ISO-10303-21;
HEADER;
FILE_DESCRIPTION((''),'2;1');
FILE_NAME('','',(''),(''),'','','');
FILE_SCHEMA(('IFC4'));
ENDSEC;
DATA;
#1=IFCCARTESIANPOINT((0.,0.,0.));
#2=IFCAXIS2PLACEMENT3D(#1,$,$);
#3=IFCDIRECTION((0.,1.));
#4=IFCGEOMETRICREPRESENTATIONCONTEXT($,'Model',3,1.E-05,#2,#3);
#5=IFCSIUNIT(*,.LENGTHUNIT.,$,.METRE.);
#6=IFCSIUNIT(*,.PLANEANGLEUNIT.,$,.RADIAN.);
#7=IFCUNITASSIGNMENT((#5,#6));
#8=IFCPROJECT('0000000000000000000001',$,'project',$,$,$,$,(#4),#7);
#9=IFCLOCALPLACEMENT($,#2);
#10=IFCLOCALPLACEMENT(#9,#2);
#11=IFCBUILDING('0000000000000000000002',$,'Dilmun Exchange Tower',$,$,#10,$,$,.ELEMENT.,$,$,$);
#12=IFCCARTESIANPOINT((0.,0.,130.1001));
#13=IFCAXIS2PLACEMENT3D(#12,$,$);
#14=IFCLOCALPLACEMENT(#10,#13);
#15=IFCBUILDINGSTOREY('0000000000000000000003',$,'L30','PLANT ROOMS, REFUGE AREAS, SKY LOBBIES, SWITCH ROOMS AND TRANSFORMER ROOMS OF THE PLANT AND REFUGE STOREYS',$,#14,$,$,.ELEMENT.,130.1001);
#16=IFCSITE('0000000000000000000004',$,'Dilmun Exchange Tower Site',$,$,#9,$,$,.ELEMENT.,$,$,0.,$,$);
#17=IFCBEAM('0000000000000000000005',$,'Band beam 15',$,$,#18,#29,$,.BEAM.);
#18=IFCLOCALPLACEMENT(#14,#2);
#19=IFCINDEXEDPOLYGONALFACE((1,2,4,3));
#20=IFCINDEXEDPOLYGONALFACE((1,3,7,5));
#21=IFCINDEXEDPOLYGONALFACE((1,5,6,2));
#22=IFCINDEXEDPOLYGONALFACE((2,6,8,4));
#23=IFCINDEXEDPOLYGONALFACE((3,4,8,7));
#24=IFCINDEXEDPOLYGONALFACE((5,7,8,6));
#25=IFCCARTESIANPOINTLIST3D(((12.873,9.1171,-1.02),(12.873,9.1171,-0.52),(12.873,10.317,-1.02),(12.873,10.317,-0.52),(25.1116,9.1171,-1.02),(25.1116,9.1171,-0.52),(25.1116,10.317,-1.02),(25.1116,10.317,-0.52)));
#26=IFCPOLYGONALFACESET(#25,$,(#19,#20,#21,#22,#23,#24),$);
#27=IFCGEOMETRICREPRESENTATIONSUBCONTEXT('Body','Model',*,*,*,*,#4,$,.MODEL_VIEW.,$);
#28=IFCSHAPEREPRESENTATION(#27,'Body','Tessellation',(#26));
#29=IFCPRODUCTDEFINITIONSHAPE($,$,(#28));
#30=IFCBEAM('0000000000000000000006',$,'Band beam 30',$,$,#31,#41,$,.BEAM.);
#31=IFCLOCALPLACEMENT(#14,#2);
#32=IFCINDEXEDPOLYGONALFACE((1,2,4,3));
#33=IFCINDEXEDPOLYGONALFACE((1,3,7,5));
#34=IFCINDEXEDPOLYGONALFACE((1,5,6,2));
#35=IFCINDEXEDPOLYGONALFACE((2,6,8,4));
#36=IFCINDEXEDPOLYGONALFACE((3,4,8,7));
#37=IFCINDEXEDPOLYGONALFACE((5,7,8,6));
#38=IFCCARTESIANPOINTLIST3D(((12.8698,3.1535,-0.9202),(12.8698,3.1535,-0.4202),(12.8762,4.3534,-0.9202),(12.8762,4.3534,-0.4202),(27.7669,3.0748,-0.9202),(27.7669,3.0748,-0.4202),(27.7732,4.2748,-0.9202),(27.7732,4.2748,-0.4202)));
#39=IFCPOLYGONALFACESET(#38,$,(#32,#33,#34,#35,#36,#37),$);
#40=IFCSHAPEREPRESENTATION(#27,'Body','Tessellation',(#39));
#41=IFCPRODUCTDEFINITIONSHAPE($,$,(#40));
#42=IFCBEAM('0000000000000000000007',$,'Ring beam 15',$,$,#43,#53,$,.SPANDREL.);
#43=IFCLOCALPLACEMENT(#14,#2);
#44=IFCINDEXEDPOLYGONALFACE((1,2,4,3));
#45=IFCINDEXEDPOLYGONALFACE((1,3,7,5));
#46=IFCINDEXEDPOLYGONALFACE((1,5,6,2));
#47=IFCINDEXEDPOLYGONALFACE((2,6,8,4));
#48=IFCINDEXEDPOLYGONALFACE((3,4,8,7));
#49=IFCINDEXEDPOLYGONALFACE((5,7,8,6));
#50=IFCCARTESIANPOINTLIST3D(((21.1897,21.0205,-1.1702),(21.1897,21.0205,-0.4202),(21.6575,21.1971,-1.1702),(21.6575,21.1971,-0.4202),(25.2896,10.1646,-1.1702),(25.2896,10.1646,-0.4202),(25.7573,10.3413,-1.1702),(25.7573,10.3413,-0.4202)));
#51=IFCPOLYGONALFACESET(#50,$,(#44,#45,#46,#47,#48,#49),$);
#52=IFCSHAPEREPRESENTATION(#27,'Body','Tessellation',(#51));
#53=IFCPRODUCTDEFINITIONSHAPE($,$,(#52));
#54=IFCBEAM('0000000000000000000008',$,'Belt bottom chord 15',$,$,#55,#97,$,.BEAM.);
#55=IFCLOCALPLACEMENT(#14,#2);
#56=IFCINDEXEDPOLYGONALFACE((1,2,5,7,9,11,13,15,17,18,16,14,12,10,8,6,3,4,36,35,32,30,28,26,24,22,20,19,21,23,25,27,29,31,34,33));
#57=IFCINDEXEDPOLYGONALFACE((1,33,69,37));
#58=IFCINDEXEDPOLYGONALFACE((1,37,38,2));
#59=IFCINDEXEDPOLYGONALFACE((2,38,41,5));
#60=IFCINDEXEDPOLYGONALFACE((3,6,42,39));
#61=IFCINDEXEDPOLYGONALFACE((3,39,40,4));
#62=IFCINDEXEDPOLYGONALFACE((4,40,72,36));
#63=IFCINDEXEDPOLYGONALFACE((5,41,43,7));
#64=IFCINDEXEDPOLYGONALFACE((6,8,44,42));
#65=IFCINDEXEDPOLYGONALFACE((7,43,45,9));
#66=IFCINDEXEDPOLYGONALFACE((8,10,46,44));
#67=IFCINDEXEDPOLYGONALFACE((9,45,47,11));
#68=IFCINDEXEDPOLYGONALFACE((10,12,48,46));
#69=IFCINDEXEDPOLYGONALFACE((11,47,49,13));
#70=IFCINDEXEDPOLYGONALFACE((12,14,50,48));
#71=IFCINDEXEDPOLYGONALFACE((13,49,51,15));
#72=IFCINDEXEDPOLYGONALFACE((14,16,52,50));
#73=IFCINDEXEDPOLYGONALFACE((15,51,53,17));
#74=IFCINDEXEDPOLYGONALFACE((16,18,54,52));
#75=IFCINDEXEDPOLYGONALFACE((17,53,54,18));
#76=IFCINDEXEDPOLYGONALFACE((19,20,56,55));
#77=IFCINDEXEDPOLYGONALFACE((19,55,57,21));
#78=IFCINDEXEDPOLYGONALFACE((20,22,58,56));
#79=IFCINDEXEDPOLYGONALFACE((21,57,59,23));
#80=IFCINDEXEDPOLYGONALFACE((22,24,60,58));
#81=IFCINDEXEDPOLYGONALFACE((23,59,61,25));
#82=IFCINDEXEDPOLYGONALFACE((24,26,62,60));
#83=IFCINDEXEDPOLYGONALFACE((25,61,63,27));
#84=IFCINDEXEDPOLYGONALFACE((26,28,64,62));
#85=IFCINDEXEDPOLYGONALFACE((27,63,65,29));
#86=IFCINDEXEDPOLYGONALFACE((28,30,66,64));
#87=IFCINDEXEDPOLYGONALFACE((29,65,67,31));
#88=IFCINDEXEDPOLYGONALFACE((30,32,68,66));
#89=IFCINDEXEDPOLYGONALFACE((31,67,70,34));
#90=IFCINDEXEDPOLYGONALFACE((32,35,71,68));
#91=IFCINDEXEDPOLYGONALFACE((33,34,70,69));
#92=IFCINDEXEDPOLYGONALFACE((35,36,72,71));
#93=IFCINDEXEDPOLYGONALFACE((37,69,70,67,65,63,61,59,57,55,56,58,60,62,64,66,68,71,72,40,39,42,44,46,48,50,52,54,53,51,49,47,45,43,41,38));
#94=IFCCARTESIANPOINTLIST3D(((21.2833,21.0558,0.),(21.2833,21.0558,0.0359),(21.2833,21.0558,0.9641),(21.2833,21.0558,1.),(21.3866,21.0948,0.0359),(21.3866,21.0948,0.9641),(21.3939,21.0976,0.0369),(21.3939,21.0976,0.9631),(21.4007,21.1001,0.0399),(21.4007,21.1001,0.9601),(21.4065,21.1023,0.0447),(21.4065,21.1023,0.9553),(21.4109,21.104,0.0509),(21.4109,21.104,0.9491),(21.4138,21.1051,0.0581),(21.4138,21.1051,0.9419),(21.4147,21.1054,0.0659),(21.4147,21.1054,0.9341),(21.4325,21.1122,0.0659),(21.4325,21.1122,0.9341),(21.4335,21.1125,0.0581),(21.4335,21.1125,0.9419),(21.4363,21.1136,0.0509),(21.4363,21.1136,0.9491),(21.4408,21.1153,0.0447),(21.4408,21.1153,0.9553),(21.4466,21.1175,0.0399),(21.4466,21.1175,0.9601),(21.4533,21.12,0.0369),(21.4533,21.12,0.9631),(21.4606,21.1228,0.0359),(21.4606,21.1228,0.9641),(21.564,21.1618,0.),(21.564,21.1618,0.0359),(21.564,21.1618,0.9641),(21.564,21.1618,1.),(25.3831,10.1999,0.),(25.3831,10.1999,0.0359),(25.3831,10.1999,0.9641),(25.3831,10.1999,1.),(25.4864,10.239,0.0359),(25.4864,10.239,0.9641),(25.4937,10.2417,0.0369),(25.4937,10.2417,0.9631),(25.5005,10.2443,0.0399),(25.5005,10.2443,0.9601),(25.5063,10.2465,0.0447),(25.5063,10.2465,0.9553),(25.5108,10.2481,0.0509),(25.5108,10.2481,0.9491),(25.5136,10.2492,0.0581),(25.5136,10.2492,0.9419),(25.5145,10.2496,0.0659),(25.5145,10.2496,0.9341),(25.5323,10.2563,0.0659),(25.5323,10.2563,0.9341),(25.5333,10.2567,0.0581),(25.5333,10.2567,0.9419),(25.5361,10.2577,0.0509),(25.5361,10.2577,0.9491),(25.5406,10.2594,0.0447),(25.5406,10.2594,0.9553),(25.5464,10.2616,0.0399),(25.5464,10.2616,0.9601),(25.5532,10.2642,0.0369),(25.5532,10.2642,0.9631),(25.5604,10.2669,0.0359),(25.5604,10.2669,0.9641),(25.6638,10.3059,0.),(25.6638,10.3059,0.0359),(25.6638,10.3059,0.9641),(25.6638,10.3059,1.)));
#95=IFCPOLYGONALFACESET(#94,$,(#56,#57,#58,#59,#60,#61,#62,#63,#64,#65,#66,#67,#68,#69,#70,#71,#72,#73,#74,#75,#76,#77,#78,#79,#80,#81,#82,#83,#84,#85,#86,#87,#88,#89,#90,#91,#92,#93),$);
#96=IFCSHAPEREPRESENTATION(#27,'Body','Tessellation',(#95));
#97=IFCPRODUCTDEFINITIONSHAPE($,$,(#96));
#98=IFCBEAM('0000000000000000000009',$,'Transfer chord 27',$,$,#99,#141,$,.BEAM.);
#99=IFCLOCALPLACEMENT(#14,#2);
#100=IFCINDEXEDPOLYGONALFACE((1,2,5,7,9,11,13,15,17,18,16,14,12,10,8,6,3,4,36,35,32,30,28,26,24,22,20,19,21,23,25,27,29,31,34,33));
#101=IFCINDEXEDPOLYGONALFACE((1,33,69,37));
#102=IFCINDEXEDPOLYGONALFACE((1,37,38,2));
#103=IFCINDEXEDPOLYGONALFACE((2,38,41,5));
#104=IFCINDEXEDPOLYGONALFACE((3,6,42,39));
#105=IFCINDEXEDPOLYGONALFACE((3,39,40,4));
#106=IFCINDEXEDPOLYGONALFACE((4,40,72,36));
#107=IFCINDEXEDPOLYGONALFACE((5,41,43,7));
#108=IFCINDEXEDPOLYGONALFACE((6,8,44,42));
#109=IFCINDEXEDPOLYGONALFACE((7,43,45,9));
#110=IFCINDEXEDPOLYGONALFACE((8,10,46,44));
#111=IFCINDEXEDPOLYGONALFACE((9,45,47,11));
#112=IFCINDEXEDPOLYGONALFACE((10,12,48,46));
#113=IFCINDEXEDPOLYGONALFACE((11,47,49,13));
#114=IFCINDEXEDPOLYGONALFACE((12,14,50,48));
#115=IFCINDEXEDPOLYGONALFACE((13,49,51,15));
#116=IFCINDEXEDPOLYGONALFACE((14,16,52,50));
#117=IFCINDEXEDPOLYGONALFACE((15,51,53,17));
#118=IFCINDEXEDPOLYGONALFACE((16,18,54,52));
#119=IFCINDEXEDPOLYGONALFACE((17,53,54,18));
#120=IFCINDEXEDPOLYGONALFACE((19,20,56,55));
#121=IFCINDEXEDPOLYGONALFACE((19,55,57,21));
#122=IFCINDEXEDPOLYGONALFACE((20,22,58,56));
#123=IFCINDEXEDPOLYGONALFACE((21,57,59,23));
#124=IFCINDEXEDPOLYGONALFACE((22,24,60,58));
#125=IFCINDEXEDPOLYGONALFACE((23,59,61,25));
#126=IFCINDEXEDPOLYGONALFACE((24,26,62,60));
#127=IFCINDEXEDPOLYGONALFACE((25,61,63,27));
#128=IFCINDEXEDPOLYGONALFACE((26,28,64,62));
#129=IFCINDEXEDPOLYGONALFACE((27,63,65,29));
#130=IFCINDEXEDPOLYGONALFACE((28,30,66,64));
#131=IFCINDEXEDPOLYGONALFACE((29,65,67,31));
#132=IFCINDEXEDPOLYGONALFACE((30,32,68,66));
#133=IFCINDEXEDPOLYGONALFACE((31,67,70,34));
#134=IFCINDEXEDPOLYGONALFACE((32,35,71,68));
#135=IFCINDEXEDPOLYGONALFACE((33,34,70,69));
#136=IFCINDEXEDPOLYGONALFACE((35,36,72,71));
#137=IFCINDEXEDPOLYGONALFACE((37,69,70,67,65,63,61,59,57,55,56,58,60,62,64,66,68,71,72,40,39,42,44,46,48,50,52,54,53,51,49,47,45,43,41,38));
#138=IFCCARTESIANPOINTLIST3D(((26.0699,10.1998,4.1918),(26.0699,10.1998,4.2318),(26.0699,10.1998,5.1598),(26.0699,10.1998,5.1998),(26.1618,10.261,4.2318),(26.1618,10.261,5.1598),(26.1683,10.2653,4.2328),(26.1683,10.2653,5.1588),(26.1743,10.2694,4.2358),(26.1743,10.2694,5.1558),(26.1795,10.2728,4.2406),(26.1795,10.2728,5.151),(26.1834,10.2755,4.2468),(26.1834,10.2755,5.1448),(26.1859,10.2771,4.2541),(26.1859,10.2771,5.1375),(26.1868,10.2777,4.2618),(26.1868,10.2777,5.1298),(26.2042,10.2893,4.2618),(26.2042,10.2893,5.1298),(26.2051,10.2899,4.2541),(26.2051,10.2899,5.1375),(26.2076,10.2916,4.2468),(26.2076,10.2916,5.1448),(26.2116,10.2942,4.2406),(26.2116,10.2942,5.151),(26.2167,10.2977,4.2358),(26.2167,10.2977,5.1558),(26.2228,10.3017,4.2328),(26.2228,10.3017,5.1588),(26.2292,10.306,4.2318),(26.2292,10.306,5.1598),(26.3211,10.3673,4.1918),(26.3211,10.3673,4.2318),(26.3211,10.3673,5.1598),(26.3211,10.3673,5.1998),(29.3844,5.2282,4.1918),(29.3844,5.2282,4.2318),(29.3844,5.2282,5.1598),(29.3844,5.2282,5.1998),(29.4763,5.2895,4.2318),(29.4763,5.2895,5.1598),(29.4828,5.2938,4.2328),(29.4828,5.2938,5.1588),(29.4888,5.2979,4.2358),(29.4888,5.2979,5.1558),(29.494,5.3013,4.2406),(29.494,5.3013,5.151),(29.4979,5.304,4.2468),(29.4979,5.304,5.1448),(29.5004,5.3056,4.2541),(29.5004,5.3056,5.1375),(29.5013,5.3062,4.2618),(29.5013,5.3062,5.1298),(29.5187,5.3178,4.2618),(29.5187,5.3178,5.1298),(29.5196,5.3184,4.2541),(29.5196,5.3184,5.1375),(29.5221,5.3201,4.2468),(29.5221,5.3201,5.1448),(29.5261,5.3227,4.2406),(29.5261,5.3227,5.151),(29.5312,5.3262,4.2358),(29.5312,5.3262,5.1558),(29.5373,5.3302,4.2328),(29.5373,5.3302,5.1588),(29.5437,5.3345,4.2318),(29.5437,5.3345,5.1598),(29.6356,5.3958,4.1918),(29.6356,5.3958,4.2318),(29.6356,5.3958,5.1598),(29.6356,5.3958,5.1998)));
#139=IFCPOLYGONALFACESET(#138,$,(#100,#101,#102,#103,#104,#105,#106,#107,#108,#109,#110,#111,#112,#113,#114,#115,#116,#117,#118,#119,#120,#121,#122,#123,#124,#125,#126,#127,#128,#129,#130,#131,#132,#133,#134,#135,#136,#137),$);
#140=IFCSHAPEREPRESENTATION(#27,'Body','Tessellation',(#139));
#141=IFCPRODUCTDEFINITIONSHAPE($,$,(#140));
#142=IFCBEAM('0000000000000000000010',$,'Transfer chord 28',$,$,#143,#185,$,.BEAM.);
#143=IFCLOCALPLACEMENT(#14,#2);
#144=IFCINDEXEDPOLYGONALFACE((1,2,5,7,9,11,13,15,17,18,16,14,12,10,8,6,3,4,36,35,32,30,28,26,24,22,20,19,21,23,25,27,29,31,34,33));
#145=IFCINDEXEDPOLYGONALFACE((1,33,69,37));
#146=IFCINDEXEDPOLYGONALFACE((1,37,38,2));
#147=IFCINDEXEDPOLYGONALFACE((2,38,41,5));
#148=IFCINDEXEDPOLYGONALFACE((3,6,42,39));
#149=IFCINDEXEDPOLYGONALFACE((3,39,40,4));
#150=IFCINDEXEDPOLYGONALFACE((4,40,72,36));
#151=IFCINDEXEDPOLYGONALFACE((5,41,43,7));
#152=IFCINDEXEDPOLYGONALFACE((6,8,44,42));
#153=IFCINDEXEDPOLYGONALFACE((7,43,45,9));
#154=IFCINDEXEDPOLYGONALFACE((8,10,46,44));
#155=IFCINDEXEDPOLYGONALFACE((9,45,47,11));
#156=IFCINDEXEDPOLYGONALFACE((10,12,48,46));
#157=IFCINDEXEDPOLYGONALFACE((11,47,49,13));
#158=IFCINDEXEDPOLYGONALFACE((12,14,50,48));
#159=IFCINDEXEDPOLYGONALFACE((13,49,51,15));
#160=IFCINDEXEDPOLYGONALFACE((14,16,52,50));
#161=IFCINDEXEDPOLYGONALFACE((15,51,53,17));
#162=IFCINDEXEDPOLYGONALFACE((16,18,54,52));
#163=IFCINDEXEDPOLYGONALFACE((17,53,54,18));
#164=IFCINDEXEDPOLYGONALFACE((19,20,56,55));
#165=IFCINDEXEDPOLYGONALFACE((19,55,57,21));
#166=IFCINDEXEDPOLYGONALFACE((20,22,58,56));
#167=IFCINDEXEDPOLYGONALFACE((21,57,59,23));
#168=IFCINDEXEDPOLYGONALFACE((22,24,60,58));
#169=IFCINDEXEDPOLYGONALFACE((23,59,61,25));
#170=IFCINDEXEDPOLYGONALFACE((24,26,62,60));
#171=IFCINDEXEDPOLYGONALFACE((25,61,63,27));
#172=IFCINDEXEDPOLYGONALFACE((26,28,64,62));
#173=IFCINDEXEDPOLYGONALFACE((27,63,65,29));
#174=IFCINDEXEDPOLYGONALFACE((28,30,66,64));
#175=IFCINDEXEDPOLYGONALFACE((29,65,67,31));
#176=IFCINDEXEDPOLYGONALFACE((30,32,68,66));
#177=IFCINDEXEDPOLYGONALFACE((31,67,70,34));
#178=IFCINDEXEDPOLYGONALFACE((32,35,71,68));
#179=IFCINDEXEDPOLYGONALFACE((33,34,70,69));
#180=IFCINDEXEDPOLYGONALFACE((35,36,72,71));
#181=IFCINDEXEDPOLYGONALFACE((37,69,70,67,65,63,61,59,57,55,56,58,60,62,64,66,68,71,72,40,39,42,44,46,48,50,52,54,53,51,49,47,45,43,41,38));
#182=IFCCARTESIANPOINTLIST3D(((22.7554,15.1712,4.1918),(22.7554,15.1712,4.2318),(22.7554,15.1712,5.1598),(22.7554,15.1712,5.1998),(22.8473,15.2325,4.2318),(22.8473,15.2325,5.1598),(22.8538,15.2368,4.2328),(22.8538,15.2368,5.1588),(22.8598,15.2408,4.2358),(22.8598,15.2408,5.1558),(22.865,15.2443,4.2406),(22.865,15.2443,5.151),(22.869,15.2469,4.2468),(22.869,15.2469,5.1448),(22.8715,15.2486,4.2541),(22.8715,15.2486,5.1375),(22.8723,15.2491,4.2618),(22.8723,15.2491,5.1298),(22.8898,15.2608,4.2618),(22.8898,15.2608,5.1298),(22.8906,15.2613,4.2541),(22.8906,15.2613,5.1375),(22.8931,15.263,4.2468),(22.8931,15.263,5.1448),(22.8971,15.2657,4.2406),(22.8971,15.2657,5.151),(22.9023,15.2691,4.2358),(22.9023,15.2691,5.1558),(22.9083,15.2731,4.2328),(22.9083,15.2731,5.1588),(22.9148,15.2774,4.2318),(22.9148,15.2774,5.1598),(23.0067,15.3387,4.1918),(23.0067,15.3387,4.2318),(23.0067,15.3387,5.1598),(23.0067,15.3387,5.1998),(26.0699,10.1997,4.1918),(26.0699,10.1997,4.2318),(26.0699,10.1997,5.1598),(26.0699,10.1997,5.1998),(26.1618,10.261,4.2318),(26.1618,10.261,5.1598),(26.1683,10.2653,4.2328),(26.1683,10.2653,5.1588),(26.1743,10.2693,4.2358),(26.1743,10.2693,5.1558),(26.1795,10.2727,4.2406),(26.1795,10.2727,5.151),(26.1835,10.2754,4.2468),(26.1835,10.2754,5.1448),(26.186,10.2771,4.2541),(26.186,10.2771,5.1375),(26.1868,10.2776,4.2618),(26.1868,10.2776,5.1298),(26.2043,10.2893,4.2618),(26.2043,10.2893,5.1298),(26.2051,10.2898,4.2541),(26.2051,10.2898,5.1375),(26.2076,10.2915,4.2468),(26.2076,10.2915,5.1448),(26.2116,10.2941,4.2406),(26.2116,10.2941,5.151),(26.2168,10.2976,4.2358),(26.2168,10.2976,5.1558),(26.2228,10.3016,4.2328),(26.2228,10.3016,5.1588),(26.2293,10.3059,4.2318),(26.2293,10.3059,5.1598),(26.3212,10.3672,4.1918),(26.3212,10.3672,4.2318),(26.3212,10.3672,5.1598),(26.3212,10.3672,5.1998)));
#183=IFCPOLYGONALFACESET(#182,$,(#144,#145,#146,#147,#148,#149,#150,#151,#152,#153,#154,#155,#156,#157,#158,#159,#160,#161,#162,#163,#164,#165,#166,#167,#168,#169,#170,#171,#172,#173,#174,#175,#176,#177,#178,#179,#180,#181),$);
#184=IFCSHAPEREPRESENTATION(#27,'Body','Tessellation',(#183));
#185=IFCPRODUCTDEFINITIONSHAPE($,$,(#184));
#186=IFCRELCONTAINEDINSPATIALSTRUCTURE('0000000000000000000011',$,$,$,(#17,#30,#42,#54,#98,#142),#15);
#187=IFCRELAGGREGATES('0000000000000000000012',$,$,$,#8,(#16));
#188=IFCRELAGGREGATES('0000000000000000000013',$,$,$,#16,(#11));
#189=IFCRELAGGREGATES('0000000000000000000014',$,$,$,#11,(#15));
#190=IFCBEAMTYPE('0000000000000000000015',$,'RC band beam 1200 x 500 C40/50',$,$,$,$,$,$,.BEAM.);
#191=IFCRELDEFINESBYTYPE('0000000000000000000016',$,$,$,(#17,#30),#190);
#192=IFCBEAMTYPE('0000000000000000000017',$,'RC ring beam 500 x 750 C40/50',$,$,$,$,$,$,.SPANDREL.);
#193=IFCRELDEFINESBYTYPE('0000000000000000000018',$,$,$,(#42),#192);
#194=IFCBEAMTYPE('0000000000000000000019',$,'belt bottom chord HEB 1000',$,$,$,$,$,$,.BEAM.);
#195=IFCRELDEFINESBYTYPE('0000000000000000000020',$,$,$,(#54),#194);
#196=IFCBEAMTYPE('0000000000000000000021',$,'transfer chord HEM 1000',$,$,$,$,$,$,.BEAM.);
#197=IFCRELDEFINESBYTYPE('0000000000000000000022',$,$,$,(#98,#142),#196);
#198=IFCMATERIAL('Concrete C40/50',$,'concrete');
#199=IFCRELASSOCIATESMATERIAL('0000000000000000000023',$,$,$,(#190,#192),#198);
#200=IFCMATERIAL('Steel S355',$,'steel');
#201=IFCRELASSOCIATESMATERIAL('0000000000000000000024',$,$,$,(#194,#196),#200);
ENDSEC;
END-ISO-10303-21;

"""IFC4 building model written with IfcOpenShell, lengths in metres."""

from ifc_helpers import new_model, si_unit, direction, frame, origin, origin_2d, place, context, subcontext, project, spatial, rectangle, i_section, extrude, material, material_profile, profile_set, type_object, element, save


model = new_model("IFC4")

# Units and contexts
model_context = context("Model", 3, precision=1e-05, world=origin(), true_north=direction((0.0, 1.0)))
body_context = subcontext(model_context, "Body", "Model", "MODEL_VIEW")
ifc_project = project(units=[si_unit("LENGTHUNIT", "METRE"), si_unit("PLANEANGLEUNIT", "RADIAN")], contexts=[model_context])

# Site, building, storey
site_placement = place(None, origin())
site = spatial("IfcSite", under=ifc_project, at=site_placement, Name="Dilmun Exchange Tower Site", CompositionType="ELEMENT", RefElevation=0.0)
building_placement = place(site_placement, origin())
building = spatial("IfcBuilding", under=site, at=building_placement, Name="Dilmun Exchange Tower", CompositionType="ELEMENT")
storey_placement = place(building_placement, frame((0.0, 0.0, 130.1001)))
storey = spatial("IfcBuildingStorey", under=building, at=storey_placement, Name="L30", Description="PLANT ROOMS, REFUGE AREAS, SKY LOBBIES, SWITCH ROOMS AND TRANSFORMER ROOMS OF THE PLANT AND REFUGE STOREYS", CompositionType="ELEMENT", Elevation=130.1001)

# Beams
ifc_material_1 = material(Name="Concrete C40/50", Category="concrete")
ifc_material_profile_1 = material_profile(ifc_material_1, rectangle(XDim=1.2, YDim=0.5, at=origin_2d()), Name="1200 x 500")
ifc_profile_set_1 = profile_set([ifc_material_profile_1], Name="Concrete C40/50")
beam_type_1 = type_object("IfcBeamType", Name="RC band beam 1200 x 500 C40/50", PredefinedType="BEAM", material=ifc_profile_set_1)
beam_1_placement = place(storey_placement, frame((25.1116, 9.717, -0.77), z_axis=(-1.0, 0.0, 0.0), x_axis=(0.0, -1.0, 0.0)))
element("IfcBeam", 1, at=beam_1_placement, inside=storey, type_object=beam_type_1, Name="Band beam 15", PredefinedType="BEAM", context=body_context, shape_type="SweptSolid", body=[
    extrude(rectangle(XDim=1.2, YDim=0.5, at=origin_2d()), origin(), (0.0, 0.0, 1.0), 12.2385),
])
beam_2_placement = place(storey_placement, frame((27.77, 3.6748, -0.6702), z_axis=(-0.999986, 0.005277, 0.0), x_axis=(-0.005277, -0.999986, 0.0)))
element("IfcBeam", 2, at=beam_2_placement, inside=storey, type_object=beam_type_1, Name="Band beam 30", PredefinedType="BEAM", context=body_context, shape_type="SweptSolid", body=[
    extrude(rectangle(XDim=1.2, YDim=0.5, at=origin_2d()), origin(), (0.0, 0.0, 1.0), 14.8972),
])
ifc_material_profile_2 = material_profile(ifc_material_1, rectangle(XDim=0.5, YDim=0.75, at=origin_2d()), Name="500 x 750")
ifc_profile_set_2 = profile_set([ifc_material_profile_2], Name="Concrete C40/50")
beam_type_2 = type_object("IfcBeamType", Name="RC ring beam 500 x 750 C40/50", PredefinedType="SPANDREL", material=ifc_profile_set_2)
beam_3_placement = place(storey_placement, frame((25.5234, 10.2529, -0.7952), z_axis=(-0.353304, 0.935509, 0.0), x_axis=(-0.935509, -0.353304, 0.0)))
element("IfcBeam", 3, at=beam_3_placement, inside=storey, type_object=beam_type_2, Name="Ring beam 15", PredefinedType="SPANDREL", context=body_context, shape_type="SweptSolid", body=[
    extrude(rectangle(XDim=0.5, YDim=0.75, at=origin_2d()), origin(), (0.0, 0.0, 1.0), 11.6042),
])
ifc_material_2 = material(Name="Steel S355", Category="steel")
ifc_material_profile_3 = material_profile(ifc_material_2, i_section(OverallWidth=0.3, OverallDepth=1.0, WebThickness=0.019, FlangeThickness=0.0359, FilletRadius=0.03, at=origin_2d()), Name="HEB 1000")
ifc_profile_set_3 = profile_set([ifc_material_profile_3], Name="Steel S355")
beam_type_3 = type_object("IfcBeamType", Name="belt bottom chord HEB 1000", PredefinedType="BEAM", material=ifc_profile_set_3)
beam_4_placement = place(storey_placement, frame((25.5234, 10.2529, 0.5), z_axis=(-0.353304, 0.935509, 0.0), x_axis=(-0.935509, -0.353304, 0.0)))
element("IfcBeam", 4, at=beam_4_placement, inside=storey, type_object=beam_type_3, Name="Belt bottom chord 15", PredefinedType="BEAM", context=body_context, shape_type="SweptSolid", body=[
    extrude(i_section(OverallWidth=0.3, OverallDepth=1.0, WebThickness=0.019, FlangeThickness=0.0359, FilletRadius=0.03, at=origin_2d()), origin(), (0.0, 0.0, 1.0), 11.6042),
])
ifc_material_profile_4 = material_profile(ifc_material_2, i_section(OverallWidth=0.302, OverallDepth=1.0081, WebThickness=0.021, FlangeThickness=0.04, FilletRadius=0.03, at=origin_2d()), Name="HEM 1000")
ifc_profile_set_4 = profile_set([ifc_material_profile_4], Name="Steel S355")
beam_type_4 = type_object("IfcBeamType", Name="transfer chord HEM 1000", PredefinedType="BEAM", material=ifc_profile_set_4)
for number, where, z_axis, x_axis, name in (
    (5, (29.51, 5.312, 4.6958), (-0.554719, 0.832038, 0.0), (-0.832038, -0.554719, 0.0), "Transfer chord 27"),
    (6, (26.1956, 10.2834, 4.6958), (-0.554719, 0.832038, 0.0), (-0.832038, -0.554719, 0.0), "Transfer chord 28"),
):
    element("IfcBeam", number, at=place(storey_placement, frame(where, z_axis=z_axis, x_axis=x_axis)), inside=storey, type_object=beam_type_4, Name=name, PredefinedType="BEAM", context=body_context, shape_type="SweptSolid", body=[
        extrude(i_section(OverallWidth=0.302, OverallDepth=1.0081, WebThickness=0.021, FlangeThickness=0.04, FilletRadius=0.03, at=origin_2d()), origin(), (0.0, 0.0, 1.0), 5.9751),
    ])

save(model, "model.ifc")
